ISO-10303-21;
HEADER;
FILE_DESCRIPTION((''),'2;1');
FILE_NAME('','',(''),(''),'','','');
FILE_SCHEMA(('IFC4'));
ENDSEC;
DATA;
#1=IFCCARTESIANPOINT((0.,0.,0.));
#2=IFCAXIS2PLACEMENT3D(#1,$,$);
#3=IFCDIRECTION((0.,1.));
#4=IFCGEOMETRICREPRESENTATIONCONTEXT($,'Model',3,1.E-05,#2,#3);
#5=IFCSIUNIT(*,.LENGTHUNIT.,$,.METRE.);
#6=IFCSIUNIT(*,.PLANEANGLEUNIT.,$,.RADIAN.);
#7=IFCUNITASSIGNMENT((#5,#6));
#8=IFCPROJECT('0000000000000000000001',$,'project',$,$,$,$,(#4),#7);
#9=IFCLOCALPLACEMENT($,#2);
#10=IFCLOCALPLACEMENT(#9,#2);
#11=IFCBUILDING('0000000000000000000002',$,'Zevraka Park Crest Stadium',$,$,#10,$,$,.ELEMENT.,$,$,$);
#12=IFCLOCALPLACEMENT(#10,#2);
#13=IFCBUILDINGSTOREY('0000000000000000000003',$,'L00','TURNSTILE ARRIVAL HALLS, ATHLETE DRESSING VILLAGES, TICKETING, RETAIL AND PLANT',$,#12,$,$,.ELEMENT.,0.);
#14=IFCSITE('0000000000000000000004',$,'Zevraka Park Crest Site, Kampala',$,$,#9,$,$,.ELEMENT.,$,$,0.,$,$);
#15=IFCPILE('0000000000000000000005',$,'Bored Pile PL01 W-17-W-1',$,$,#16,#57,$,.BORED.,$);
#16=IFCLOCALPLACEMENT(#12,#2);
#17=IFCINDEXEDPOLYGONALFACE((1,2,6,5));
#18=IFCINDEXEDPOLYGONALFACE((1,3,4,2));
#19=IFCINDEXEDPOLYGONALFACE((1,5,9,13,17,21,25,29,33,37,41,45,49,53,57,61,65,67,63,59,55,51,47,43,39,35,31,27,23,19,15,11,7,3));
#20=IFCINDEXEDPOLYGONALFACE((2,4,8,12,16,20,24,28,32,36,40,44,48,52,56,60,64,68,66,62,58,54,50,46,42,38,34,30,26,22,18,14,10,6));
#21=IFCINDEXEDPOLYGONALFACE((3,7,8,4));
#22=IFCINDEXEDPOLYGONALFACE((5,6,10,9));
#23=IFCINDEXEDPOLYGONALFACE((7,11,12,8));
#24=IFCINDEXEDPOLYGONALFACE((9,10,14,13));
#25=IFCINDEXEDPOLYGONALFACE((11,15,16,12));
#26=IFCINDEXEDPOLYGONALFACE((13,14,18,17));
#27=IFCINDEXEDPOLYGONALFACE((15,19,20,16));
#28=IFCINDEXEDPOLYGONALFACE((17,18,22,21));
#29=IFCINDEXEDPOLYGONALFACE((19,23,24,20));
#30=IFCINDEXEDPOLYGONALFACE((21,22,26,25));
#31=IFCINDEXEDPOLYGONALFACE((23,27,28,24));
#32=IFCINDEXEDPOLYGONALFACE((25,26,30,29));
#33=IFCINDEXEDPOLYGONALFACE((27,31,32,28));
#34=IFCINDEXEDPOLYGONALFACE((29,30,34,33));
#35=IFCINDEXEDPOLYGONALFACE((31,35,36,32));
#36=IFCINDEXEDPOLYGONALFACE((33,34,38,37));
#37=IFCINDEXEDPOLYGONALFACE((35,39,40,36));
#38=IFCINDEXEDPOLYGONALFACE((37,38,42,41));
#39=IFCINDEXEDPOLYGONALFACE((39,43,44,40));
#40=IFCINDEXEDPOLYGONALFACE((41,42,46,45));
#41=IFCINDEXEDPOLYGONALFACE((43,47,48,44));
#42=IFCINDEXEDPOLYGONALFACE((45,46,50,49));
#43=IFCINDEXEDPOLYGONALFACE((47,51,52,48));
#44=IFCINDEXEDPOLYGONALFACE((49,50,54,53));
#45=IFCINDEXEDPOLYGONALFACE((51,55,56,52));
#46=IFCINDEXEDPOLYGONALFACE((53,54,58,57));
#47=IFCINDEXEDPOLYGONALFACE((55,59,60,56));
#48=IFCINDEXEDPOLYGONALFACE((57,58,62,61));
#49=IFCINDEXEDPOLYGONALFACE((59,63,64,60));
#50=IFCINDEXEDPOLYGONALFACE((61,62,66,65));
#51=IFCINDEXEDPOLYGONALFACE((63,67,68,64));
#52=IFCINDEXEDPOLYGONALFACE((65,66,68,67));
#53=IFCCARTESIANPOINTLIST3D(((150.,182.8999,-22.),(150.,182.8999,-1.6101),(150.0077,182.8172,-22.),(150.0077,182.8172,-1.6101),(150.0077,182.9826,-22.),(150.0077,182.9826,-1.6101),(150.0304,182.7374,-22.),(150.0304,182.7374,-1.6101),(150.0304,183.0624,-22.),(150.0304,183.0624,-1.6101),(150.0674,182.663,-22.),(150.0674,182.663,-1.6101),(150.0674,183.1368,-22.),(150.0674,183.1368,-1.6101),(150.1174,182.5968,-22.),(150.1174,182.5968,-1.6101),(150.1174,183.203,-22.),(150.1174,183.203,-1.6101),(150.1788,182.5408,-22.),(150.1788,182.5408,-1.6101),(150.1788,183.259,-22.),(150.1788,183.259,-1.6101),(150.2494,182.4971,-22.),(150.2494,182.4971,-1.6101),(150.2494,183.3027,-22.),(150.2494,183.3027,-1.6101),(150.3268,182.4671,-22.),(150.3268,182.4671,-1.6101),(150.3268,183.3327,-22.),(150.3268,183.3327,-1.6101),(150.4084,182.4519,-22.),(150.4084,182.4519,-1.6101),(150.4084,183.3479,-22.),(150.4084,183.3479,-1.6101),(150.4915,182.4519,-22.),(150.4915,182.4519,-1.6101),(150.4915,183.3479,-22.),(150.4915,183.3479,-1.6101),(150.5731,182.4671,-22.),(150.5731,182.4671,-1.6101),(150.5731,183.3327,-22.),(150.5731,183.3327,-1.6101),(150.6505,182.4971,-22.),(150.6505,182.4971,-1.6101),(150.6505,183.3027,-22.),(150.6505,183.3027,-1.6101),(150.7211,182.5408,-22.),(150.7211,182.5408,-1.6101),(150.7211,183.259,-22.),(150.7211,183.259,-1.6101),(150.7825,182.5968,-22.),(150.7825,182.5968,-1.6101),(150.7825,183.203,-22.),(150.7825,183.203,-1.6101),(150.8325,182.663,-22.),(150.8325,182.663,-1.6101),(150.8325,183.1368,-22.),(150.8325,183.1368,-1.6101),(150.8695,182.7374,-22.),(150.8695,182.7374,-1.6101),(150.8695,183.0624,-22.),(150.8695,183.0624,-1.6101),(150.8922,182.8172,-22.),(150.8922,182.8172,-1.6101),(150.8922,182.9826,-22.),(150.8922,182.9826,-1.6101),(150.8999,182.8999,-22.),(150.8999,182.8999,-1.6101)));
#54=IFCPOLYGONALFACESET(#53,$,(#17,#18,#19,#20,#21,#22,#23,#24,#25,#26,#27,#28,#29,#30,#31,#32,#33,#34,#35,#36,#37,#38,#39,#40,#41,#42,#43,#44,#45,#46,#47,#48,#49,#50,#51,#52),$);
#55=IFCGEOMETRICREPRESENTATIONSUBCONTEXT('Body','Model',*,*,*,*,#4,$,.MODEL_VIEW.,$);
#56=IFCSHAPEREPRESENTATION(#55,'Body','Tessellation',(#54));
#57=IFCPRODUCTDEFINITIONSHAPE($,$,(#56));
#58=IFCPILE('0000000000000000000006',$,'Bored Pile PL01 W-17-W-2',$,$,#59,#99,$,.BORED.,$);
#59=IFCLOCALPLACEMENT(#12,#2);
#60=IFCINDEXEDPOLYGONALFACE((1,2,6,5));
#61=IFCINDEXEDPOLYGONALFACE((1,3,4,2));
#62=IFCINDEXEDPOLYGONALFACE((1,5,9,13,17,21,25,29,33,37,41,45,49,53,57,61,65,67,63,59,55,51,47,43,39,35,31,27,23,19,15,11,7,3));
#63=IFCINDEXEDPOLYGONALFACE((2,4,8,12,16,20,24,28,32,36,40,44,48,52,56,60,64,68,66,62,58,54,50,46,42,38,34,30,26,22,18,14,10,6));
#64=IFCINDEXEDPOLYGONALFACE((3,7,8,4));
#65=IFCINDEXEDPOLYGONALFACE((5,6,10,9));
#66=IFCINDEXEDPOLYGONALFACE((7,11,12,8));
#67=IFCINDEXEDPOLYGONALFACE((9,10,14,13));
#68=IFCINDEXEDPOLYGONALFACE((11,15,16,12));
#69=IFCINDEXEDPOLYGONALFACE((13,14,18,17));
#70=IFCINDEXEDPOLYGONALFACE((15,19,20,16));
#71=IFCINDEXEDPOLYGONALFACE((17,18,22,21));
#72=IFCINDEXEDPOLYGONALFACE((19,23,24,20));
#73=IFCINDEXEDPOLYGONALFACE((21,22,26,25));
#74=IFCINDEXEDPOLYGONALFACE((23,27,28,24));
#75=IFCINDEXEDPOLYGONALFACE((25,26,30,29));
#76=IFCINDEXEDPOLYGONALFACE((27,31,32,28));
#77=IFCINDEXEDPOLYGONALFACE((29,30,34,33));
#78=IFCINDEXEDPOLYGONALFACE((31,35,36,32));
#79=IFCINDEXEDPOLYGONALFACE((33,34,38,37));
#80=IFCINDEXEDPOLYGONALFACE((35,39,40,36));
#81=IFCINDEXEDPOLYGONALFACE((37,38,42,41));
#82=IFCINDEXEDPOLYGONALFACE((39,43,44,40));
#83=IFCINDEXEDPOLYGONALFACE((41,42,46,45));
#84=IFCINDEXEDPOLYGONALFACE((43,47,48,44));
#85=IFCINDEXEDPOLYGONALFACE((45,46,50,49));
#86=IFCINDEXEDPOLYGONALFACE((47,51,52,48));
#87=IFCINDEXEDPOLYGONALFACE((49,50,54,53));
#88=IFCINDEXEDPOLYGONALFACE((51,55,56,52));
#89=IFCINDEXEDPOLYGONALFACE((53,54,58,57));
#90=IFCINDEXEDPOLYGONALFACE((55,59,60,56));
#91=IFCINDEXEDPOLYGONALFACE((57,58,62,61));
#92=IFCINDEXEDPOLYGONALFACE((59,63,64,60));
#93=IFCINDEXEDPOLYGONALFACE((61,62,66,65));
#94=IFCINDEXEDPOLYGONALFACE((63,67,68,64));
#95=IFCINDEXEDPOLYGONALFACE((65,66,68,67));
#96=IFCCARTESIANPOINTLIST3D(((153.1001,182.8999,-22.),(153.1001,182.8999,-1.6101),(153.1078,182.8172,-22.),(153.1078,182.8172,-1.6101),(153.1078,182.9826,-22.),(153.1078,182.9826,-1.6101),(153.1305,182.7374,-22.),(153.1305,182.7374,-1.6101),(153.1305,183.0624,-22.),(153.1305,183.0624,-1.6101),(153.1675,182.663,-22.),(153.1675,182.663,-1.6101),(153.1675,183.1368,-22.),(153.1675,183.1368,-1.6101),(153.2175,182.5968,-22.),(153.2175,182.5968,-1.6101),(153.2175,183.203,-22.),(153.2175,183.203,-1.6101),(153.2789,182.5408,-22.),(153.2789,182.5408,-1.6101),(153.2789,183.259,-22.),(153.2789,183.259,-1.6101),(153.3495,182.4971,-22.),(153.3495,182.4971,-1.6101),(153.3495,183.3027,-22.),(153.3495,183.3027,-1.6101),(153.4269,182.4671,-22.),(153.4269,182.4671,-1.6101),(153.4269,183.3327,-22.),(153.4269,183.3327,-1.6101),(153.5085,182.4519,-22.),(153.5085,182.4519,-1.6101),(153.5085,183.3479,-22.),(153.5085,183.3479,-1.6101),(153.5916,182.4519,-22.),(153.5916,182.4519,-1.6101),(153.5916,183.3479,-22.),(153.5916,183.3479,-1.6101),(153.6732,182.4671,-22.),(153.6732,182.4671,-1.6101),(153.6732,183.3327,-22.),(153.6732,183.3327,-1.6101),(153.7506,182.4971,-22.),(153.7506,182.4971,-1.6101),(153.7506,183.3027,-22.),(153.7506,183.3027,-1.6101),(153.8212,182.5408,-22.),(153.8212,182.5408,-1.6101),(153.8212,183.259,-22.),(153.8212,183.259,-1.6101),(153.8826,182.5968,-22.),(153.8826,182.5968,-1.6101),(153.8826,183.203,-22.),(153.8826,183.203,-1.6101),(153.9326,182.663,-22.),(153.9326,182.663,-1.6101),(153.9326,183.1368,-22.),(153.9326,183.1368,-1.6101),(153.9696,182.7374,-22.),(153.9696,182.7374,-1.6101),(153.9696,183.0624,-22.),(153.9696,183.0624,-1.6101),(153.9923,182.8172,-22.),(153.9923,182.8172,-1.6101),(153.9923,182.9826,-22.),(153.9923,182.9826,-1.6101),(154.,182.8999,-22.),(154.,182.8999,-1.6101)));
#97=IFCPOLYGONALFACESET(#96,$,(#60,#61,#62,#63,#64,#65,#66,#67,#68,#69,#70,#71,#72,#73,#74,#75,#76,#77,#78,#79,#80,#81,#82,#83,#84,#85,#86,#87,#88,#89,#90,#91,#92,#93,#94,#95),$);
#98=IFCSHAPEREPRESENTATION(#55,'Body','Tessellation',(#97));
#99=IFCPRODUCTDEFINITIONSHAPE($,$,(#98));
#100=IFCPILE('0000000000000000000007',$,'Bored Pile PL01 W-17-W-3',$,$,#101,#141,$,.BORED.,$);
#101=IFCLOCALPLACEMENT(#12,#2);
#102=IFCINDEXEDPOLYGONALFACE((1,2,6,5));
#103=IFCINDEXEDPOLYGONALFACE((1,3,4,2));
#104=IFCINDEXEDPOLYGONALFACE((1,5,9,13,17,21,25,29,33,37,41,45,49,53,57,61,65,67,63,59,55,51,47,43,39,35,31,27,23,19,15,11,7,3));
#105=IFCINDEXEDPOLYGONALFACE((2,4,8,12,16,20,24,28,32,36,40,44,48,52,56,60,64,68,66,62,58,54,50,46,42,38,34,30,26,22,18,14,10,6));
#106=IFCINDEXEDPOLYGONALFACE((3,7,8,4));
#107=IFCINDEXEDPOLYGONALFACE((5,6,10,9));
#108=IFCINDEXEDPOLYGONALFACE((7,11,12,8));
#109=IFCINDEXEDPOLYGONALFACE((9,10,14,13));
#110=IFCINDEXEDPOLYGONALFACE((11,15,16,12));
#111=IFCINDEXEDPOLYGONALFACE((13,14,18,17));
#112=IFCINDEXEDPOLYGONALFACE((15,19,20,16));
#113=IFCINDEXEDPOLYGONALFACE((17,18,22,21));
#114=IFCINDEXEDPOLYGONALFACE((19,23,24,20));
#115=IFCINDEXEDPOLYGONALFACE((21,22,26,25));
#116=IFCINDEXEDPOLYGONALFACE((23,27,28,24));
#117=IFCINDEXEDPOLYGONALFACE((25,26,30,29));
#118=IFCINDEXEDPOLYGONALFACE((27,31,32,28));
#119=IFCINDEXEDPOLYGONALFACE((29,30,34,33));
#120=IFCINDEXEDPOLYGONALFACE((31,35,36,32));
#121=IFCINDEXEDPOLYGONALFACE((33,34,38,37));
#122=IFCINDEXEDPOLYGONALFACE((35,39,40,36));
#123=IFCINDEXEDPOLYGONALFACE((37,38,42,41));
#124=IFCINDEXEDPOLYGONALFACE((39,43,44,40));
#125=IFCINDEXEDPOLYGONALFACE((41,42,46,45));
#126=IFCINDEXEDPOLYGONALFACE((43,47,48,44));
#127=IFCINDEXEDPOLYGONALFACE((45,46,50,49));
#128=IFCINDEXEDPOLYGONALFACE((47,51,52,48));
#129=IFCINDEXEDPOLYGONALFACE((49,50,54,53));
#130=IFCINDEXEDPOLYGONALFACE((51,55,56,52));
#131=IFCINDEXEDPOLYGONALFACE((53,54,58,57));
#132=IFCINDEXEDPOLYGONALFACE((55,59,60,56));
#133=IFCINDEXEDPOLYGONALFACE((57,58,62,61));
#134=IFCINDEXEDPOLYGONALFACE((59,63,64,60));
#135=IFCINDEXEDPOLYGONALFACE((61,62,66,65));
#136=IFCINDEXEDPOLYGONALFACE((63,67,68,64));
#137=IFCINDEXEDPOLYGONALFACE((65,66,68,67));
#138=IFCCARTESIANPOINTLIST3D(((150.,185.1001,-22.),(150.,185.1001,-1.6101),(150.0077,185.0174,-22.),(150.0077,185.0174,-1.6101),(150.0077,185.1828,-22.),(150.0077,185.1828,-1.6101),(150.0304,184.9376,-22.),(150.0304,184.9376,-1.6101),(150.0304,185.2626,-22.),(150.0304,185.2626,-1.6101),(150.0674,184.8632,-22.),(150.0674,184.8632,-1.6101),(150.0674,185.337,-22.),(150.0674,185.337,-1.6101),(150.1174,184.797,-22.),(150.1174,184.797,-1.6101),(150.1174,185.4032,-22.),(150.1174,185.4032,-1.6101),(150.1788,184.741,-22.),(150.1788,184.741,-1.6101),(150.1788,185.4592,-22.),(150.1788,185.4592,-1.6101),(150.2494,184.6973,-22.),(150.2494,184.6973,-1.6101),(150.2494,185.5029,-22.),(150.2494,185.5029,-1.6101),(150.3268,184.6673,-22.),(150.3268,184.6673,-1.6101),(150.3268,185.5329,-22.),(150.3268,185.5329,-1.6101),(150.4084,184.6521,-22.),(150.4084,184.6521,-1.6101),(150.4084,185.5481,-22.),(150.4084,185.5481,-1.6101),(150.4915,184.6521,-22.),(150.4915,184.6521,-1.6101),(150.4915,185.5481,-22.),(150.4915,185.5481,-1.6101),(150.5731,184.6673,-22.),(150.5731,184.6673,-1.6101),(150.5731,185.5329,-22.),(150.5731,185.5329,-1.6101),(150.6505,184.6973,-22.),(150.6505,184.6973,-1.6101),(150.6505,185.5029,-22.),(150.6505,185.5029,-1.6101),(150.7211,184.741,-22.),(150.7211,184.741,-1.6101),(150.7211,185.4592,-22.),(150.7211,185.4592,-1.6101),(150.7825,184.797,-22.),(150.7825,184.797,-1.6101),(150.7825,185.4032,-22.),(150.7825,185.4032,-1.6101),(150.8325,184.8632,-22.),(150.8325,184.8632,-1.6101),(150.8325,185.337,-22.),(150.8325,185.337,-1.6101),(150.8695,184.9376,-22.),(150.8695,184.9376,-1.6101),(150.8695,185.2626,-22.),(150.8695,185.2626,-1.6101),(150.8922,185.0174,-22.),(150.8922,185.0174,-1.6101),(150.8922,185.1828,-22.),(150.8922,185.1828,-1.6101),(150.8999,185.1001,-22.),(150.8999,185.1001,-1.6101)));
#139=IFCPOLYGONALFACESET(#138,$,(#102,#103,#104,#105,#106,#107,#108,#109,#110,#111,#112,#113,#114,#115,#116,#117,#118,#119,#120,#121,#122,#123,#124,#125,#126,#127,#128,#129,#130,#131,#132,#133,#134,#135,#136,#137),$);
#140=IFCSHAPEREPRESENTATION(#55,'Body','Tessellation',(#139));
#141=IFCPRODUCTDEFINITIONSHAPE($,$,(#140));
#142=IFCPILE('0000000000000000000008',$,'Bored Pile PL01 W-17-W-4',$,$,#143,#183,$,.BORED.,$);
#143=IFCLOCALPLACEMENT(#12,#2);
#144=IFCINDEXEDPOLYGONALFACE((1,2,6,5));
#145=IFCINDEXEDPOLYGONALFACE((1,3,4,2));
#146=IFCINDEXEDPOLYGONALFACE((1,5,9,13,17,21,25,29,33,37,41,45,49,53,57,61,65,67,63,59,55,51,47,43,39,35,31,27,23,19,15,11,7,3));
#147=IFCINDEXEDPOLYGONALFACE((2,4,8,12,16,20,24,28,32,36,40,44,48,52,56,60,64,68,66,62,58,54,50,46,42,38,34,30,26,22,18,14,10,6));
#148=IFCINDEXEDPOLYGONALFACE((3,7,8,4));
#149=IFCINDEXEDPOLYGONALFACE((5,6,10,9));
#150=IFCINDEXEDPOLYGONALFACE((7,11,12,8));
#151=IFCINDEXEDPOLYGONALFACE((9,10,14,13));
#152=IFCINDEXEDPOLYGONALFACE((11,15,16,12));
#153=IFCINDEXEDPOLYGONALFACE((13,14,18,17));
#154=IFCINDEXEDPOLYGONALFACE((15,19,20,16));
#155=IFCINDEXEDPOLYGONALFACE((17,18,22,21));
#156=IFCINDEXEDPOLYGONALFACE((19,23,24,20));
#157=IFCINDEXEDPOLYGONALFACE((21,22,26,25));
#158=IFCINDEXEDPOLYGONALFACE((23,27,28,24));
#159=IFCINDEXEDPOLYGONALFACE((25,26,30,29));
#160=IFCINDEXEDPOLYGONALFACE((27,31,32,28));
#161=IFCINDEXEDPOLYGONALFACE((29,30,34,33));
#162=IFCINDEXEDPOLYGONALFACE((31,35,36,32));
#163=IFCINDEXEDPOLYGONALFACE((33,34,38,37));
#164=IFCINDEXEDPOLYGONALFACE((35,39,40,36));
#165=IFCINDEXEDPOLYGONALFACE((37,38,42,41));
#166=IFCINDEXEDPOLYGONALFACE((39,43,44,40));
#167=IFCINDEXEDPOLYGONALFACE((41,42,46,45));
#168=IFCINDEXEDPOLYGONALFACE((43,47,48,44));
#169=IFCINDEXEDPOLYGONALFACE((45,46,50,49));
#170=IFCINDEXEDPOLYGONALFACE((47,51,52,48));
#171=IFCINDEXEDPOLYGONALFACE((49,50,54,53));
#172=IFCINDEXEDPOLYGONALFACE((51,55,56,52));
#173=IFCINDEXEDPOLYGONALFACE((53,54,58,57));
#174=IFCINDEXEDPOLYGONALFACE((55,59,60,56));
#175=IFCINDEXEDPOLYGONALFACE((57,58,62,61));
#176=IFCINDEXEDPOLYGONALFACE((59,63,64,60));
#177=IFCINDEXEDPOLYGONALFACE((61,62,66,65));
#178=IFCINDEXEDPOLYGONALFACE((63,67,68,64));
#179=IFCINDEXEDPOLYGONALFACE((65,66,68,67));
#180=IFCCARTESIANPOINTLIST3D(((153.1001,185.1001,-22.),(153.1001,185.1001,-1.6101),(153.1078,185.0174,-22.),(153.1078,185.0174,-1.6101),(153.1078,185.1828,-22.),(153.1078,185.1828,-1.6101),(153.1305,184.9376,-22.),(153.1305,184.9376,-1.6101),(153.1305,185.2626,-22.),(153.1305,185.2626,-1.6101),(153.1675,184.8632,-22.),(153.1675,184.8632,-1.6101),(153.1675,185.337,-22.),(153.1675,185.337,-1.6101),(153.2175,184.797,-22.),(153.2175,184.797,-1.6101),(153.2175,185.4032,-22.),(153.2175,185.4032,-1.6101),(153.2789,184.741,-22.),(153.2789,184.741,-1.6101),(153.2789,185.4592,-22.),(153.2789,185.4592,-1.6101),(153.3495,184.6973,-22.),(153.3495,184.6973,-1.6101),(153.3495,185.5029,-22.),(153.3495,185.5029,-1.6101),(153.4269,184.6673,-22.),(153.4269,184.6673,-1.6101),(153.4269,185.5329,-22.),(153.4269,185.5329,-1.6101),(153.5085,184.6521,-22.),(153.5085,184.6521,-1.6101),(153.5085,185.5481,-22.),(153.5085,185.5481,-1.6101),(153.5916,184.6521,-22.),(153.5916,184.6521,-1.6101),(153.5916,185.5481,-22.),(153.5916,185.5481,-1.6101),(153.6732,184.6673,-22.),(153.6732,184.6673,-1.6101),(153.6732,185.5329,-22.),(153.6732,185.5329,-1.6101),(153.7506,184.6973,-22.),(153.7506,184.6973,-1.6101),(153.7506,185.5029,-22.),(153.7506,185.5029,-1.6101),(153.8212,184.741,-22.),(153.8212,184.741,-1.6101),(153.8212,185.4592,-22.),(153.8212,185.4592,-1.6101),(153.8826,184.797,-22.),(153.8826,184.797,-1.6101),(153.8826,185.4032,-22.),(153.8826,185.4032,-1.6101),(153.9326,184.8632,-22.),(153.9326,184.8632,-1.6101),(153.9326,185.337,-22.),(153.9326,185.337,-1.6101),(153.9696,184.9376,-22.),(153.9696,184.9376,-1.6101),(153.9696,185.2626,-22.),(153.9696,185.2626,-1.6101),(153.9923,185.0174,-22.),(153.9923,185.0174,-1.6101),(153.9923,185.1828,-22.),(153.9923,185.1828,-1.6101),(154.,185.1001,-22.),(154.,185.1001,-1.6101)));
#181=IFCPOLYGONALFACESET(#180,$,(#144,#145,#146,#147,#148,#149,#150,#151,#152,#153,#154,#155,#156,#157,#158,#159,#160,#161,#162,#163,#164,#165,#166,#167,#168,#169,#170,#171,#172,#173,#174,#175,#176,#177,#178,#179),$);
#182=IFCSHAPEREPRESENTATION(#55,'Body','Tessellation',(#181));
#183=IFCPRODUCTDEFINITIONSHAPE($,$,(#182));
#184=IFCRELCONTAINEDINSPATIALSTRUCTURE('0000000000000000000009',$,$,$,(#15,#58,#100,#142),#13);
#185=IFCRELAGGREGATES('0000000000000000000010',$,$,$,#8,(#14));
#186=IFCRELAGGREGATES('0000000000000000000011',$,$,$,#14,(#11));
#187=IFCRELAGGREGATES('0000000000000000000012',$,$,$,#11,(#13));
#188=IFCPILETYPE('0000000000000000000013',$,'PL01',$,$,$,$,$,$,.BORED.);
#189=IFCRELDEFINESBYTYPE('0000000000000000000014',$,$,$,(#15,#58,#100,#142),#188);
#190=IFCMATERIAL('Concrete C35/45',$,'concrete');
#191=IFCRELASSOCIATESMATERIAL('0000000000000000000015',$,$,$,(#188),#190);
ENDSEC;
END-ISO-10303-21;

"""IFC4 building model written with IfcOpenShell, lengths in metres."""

from ifc_helpers import new_model, si_unit, direction, frame, origin, origin_2d, place, context, subcontext, project, spatial, circle, extrude, material, material_profile, profile_set, type_object, element, save


model = new_model("IFC4")

# Units and contexts
model_context = context("Model", 3, precision=1e-05, world=origin(), true_north=direction((0.0, 1.0)))
body_context = subcontext(model_context, "Body", "Model", "MODEL_VIEW")
ifc_project = project(units=[si_unit("LENGTHUNIT", "METRE"), si_unit("PLANEANGLEUNIT", "RADIAN")], contexts=[model_context])

# Site, building, storey
site_placement = place(None, origin())
site = spatial("IfcSite", under=ifc_project, at=site_placement, Name="Zevraka Park Crest Site, Kampala", CompositionType="ELEMENT", RefElevation=0.0)
building_placement = place(site_placement, origin())
building = spatial("IfcBuilding", under=site, at=building_placement, Name="Zevraka Park Crest Stadium", CompositionType="ELEMENT")
storey_placement = place(building_placement, origin())
storey = spatial("IfcBuildingStorey", under=building, at=storey_placement, Name="L00", Description="TURNSTILE ARRIVAL HALLS, ATHLETE DRESSING VILLAGES, TICKETING, RETAIL AND PLANT", CompositionType="ELEMENT", Elevation=0.0)

# Piles
ifc_material_1 = material(Name="Concrete C35/45", Category="concrete")
ifc_material_profile_1 = material_profile(ifc_material_1, circle(Radius=0.45, at=origin_2d()), Name="PILE D900")
ifc_profile_set_1 = profile_set([ifc_material_profile_1], Name="Concrete C35/45")
pile_type_1 = type_object("IfcPileType", Name="PL01", PredefinedType="BORED", material=ifc_profile_set_1)
for number, where, z_axis, x_axis, name in (
    (1, (150.45, 182.8999, -1.6101), (0.0, 0.0, -1.0), (1.0, 0.0, 0.0), "Bored Pile PL01 W-17-W-1"),
    (2, (153.55, 182.8999, -1.6101), (0.0, 0.0, -1.0), (1.0, 0.0, 0.0), "Bored Pile PL01 W-17-W-2"),
    (3, (150.45, 185.1001, -1.6101), (0.0, 0.0, -1.0), (1.0, 0.0, 0.0), "Bored Pile PL01 W-17-W-3"),
    (4, (153.55, 185.1001, -1.6101), (0.0, 0.0, -1.0), (1.0, 0.0, 0.0), "Bored Pile PL01 W-17-W-4"),
):
    element("IfcPile", number, at=place(storey_placement, frame(where, z_axis=z_axis, x_axis=x_axis)), inside=storey, type_object=pile_type_1, Name=name, PredefinedType="BORED", context=body_context, shape_type="SweptSolid", body=[
        extrude(circle(Radius=0.45, at=origin_2d()), origin(), (0.0, 0.0, 1.0), 20.3899),
    ])

save(model, "model.ifc")
